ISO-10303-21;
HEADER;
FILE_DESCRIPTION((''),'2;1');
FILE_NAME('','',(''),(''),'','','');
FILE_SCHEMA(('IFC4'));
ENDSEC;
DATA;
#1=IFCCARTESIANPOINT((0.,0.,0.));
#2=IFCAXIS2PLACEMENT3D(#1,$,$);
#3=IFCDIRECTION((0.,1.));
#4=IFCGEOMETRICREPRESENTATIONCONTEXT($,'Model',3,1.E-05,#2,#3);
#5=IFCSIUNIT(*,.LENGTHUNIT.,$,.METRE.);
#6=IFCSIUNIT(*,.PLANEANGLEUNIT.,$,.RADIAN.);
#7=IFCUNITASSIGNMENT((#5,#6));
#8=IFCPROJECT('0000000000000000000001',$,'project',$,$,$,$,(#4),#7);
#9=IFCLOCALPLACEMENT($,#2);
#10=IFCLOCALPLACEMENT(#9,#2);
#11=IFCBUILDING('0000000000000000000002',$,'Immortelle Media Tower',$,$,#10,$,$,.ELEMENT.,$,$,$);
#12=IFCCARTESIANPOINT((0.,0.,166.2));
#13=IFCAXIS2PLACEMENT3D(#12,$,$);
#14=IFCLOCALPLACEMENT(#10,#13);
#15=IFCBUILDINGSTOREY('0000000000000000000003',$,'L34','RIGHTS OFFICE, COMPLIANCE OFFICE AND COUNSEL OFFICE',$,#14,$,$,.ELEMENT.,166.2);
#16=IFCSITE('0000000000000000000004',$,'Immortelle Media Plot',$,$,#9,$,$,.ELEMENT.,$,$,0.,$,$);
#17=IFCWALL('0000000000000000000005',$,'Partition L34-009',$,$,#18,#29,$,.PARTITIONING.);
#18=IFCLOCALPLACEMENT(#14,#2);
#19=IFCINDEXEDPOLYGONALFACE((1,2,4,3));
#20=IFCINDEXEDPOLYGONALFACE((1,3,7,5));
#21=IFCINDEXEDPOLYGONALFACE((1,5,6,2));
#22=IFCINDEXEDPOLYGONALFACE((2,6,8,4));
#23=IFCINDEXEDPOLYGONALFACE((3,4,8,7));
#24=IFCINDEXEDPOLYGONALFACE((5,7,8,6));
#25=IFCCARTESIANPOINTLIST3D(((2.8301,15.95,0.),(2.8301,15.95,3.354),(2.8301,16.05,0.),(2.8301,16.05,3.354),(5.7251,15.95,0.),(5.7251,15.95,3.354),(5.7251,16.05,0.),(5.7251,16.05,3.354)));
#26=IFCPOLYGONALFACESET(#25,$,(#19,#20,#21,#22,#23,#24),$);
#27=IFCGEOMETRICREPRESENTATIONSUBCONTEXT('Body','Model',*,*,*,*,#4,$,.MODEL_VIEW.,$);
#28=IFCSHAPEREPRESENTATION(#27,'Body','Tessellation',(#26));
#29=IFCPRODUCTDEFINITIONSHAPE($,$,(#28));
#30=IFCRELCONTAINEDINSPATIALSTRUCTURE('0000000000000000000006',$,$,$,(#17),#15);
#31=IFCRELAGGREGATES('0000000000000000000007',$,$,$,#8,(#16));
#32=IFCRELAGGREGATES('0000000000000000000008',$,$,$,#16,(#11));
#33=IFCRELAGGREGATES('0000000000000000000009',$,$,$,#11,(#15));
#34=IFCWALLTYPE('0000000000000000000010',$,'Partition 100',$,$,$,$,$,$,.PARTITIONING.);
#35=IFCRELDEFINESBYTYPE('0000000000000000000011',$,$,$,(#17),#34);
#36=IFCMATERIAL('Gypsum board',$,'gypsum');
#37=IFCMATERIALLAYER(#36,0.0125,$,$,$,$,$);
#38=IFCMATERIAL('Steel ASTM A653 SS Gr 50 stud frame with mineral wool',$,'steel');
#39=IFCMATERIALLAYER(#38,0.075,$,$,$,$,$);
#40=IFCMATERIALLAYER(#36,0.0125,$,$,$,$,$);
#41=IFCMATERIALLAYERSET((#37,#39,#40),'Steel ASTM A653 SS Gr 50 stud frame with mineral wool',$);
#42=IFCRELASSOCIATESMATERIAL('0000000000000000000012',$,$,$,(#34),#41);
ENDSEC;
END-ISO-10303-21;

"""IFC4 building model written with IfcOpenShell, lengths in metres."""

from ifc_helpers import new_model, si_unit, direction, frame, frame_2d, origin, place, context, subcontext, project, spatial, rectangle, extrude, material, layer, layer_set, type_object, element, save


model = new_model("IFC4")

# Units and contexts
model_context = context("Model", 3, precision=1e-05, world=origin(), true_north=direction((0.0, 1.0)))
body_context = subcontext(model_context, "Body", "Model", "MODEL_VIEW")
ifc_project = project(units=[si_unit("LENGTHUNIT", "METRE"), si_unit("PLANEANGLEUNIT", "RADIAN")], contexts=[model_context])

# Site, building, storey
site_placement = place(None, origin())
site = spatial("IfcSite", under=ifc_project, at=site_placement, Name="Immortelle Media Plot", CompositionType="ELEMENT", RefElevation=0.0)
building_placement = place(site_placement, origin())
building = spatial("IfcBuilding", under=site, at=building_placement, Name="Immortelle Media Tower", CompositionType="ELEMENT")
storey_placement = place(building_placement, frame((0.0, 0.0, 166.2)))
storey = spatial("IfcBuildingStorey", under=building, at=storey_placement, Name="L34", Description="RIGHTS OFFICE, COMPLIANCE OFFICE AND COUNSEL OFFICE", CompositionType="ELEMENT", Elevation=166.2)

# Shared definitions
ifc_material_1 = material(Name="Steel ASTM A653 SS Gr 50 stud frame with mineral wool", Category="steel")

# Shared definitions
ifc_material_2 = material(Name="Gypsum board", Category="gypsum")
ifc_layer_1 = layer(ifc_material_2, 0.0125)
ifc_layer_2 = layer(ifc_material_1, 0.075)
ifc_layer_3 = layer(ifc_material_2, 0.0125)
ifc_layer_set_1 = layer_set([ifc_layer_1, ifc_layer_2, ifc_layer_3], Name="Steel ASTM A653 SS Gr 50 stud frame with mineral wool")
wall_type_1 = type_object("IfcWallType", Name="Partition 100", PredefinedType="PARTITIONING", material=ifc_layer_set_1)

# Wall
wall_1_placement = place(storey_placement, frame((2.8301, 16.0, 0.0), z_axis=(0.0, 0.0, 1.0), x_axis=(1.0, 0.0, 0.0)))
element("IfcWall", 1, at=wall_1_placement, inside=storey, type_object=wall_type_1, Name="Partition L34-009", PredefinedType="PARTITIONING", context=body_context, shape_type="SweptSolid", body=[
    extrude(rectangle(XDim=2.895, YDim=0.1001, at=frame_2d((1.4475, 0.0))), origin(), (0.0, 0.0, 1.0), 3.354),
])

save(model, "model.ifc")
